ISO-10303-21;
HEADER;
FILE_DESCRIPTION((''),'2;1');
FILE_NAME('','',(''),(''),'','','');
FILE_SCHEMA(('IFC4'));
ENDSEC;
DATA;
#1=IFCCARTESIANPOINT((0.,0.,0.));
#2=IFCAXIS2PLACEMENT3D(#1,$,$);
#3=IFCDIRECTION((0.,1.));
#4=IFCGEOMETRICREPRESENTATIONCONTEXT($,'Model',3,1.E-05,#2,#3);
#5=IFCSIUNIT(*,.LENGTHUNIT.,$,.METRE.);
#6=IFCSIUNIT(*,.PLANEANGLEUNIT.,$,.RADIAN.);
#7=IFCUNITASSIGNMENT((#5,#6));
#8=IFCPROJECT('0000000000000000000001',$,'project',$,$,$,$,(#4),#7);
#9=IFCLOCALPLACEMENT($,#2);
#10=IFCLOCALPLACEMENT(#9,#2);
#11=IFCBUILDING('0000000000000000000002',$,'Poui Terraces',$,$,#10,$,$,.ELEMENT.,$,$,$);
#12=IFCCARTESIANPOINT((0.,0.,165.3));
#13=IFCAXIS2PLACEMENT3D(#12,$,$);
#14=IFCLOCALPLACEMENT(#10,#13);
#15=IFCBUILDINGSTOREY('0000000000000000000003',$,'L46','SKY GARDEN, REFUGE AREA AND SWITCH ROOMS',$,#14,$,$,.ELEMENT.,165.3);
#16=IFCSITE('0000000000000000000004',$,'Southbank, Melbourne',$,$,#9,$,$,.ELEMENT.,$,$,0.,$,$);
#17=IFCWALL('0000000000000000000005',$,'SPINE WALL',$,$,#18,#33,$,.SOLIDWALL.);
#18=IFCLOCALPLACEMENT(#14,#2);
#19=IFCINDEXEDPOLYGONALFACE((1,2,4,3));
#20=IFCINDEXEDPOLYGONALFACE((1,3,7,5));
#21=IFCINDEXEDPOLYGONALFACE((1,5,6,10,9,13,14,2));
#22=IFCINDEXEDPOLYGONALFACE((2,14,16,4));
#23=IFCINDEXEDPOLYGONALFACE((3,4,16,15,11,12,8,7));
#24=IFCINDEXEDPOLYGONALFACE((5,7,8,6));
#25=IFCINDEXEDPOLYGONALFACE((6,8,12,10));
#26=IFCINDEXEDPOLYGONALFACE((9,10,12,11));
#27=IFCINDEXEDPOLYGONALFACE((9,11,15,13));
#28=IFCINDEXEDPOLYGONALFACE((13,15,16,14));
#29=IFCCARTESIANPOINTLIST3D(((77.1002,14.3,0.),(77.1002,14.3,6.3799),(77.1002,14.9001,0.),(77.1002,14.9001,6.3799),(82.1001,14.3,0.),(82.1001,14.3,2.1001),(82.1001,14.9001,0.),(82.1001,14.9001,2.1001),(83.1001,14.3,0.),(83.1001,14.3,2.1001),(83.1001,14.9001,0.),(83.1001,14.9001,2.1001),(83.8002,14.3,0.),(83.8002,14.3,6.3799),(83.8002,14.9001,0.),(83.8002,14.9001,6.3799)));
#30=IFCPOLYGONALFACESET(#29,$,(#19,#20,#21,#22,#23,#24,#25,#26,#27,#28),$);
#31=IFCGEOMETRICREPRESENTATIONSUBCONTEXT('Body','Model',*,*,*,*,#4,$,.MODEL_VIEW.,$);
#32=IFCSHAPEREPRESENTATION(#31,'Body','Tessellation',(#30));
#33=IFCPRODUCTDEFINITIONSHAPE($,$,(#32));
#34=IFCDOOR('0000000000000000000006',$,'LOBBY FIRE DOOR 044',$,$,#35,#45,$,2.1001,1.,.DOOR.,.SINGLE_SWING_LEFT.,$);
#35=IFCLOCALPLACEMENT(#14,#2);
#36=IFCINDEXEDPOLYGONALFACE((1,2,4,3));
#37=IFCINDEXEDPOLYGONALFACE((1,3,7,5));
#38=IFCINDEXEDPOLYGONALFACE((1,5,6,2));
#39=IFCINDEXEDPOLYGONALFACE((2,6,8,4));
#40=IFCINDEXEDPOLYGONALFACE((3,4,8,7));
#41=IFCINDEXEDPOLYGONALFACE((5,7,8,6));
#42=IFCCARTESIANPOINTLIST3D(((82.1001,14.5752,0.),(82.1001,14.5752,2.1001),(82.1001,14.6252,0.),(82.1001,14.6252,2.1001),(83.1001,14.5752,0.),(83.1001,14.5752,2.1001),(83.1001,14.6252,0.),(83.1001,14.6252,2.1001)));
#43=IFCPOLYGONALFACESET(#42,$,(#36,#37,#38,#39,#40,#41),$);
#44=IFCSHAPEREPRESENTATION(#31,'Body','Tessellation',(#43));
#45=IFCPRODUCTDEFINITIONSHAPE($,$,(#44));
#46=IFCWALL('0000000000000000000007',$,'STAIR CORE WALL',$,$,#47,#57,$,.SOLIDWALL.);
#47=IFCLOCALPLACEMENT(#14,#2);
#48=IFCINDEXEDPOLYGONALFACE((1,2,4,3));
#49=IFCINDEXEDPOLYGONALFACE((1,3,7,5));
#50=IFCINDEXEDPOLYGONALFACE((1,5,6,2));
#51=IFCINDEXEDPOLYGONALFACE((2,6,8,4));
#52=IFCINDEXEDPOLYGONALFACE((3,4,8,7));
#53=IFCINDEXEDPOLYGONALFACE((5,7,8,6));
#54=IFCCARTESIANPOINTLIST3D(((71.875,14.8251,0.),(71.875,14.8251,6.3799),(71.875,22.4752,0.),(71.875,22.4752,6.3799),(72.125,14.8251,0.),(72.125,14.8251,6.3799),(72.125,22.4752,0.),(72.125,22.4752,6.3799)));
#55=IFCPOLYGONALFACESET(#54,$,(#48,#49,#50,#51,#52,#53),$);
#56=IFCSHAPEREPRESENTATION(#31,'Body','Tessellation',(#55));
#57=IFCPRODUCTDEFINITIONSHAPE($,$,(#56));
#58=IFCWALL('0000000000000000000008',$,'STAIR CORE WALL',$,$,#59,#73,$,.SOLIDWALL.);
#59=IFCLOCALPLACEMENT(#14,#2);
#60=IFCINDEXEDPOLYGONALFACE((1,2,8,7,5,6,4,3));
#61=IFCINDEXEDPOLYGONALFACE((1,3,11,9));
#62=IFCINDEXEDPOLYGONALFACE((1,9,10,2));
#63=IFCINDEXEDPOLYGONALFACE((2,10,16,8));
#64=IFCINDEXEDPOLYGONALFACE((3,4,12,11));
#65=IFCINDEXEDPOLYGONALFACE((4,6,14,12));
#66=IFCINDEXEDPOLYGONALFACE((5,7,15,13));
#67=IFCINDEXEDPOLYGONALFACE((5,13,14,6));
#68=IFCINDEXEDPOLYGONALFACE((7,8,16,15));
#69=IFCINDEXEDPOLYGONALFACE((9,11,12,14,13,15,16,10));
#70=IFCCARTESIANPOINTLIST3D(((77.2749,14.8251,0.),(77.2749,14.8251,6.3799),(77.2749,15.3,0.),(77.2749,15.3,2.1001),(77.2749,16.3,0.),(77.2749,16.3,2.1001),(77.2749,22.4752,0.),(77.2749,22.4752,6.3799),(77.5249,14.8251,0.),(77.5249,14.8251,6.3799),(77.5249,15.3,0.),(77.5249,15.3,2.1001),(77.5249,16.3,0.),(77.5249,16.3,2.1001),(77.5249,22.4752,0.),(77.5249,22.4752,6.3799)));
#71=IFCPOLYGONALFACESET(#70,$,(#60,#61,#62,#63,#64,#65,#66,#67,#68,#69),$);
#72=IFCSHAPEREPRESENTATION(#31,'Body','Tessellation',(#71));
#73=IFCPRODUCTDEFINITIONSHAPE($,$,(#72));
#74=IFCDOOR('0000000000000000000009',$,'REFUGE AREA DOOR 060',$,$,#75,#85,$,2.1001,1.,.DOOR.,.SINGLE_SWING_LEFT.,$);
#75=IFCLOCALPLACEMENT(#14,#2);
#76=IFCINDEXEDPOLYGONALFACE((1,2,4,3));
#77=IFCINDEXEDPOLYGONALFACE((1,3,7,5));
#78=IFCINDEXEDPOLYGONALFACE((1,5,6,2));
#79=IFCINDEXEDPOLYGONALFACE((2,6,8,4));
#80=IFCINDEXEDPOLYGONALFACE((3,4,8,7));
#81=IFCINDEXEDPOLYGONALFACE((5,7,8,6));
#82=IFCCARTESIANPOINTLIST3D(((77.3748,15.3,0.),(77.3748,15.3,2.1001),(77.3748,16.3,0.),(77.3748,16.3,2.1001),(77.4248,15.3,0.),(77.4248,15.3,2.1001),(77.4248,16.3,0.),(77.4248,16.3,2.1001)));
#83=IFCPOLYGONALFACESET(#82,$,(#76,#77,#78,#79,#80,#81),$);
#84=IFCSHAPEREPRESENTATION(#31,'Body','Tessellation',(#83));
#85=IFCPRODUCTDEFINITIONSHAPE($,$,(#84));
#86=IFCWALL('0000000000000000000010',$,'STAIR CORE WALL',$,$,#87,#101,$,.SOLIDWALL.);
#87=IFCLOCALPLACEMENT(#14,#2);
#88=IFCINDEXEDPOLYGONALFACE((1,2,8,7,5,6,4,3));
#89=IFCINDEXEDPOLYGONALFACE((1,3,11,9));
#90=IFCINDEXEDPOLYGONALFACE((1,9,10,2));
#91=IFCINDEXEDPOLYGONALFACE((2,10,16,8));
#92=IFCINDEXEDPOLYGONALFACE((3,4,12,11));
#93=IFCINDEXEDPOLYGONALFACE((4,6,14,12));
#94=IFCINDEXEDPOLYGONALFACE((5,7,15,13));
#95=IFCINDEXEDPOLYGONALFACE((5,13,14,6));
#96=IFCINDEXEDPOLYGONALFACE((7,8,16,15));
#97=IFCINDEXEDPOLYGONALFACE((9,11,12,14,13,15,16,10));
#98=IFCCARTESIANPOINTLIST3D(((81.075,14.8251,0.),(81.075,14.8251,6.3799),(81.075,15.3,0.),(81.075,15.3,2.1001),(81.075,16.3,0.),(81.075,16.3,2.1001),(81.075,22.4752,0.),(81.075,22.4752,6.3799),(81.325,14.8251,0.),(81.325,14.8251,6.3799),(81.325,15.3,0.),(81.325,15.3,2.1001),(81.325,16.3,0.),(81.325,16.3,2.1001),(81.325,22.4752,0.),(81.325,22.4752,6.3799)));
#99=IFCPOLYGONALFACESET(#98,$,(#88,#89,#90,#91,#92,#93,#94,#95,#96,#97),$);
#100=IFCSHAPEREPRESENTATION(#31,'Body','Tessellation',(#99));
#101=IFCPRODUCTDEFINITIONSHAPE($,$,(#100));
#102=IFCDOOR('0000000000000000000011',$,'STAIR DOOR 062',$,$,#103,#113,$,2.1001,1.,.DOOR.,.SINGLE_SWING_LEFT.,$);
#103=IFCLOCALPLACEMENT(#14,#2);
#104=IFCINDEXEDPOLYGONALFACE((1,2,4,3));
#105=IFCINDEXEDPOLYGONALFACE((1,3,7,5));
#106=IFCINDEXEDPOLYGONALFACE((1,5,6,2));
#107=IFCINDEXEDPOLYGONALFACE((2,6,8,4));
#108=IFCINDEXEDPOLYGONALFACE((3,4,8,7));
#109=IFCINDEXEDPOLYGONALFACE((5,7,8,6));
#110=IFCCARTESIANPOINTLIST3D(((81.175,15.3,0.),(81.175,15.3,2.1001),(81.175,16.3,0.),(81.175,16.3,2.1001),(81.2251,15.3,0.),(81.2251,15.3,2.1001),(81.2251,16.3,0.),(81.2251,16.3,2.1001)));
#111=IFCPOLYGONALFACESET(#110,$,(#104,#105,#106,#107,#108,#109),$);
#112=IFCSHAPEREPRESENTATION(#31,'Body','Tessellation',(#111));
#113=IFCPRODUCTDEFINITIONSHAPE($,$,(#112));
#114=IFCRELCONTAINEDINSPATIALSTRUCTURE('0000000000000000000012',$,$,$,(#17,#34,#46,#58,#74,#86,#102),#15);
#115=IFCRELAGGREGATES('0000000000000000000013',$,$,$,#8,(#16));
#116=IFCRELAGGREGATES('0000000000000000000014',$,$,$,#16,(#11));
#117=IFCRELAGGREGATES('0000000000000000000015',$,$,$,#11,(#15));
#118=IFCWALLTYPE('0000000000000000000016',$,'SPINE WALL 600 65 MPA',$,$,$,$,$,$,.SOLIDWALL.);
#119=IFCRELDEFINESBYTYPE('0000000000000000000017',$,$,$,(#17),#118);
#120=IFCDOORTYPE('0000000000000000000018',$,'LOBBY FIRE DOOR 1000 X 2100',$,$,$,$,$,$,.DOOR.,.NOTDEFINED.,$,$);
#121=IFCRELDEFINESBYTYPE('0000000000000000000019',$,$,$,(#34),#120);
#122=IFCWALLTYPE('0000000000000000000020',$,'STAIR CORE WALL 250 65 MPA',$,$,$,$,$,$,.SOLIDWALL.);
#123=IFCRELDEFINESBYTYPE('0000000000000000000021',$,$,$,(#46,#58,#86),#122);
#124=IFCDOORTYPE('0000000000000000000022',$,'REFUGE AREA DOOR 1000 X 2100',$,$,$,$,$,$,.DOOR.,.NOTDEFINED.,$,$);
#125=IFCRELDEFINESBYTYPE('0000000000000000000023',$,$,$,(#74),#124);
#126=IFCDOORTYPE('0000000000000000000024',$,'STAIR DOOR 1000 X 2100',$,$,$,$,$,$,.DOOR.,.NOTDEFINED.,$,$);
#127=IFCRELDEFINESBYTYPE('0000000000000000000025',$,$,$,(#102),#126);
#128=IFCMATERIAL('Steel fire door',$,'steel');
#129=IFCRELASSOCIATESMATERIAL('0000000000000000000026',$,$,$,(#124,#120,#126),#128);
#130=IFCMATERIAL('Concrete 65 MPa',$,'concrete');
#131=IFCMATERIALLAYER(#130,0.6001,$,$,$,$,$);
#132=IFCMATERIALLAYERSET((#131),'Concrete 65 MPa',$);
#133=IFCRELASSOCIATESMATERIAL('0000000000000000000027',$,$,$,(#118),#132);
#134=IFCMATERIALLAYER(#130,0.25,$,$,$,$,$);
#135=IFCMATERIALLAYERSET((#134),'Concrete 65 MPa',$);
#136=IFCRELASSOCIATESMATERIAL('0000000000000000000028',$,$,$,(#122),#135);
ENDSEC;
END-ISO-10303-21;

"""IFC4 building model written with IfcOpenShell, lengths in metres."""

from ifc_helpers import new_model, si_unit, direction, frame, frame_2d, origin, place, context, subcontext, project, spatial, rectangle, extrude, material, layer, layer_set, type_object, element, fill, save


model = new_model("IFC4")

# Units and contexts
model_context = context("Model", 3, precision=1e-05, world=origin(), true_north=direction((0.0, 1.0)))
body_context = subcontext(model_context, "Body", "Model", "MODEL_VIEW")
ifc_project = project(units=[si_unit("LENGTHUNIT", "METRE"), si_unit("PLANEANGLEUNIT", "RADIAN")], contexts=[model_context])

# Site, building, storey
site_placement = place(None, origin())
site = spatial("IfcSite", under=ifc_project, at=site_placement, Name="Southbank, Melbourne", CompositionType="ELEMENT", RefElevation=0.0)
building_placement = place(site_placement, origin())
building = spatial("IfcBuilding", under=site, at=building_placement, Name="Poui Terraces", CompositionType="ELEMENT")
storey_placement = place(building_placement, frame((0.0, 0.0, 165.3)))
storey = spatial("IfcBuildingStorey", under=building, at=storey_placement, Name="L46", Description="SKY GARDEN, REFUGE AREA AND SWITCH ROOMS", CompositionType="ELEMENT", Elevation=165.3)

# Shared definitions
ifc_material_1 = material(Name="Concrete 65 MPa", Category="concrete")
ifc_material_2 = material(Name="Steel fire door", Category="steel")

# Wall, opening, door
door_type_1 = type_object("IfcDoorType", Name="REFUGE AREA DOOR 1000 X 2100", OperationType="NOTDEFINED", PredefinedType="DOOR", material=ifc_material_2)
ifc_layer_1 = layer(ifc_material_1, 0.6001)
ifc_layer_set_1 = layer_set([ifc_layer_1], Name="Concrete 65 MPa")
wall_type_1 = type_object("IfcWallType", Name="SPINE WALL 600 65 MPA", PredefinedType="SOLIDWALL", material=ifc_layer_set_1)
wall_1_placement = place(storey_placement, frame((77.1001, 14.6001, 0.0), z_axis=(0.0, 0.0, 1.0), x_axis=(1.0, 0.0, 0.0)))
wall_1 = element("IfcWall", 1, at=wall_1_placement, inside=storey, type_object=wall_type_1, Name="SPINE WALL", PredefinedType="SOLIDWALL", context=body_context, shape_type="SweptSolid", body=[
    extrude(rectangle(XDim=6.7, YDim=0.6001, at=frame_2d((3.3501, 0.0))), origin(), (0.0, 0.0, 1.0), 6.3799),
])
opening_1_placement = place(wall_1_placement, frame((5.0, 0.0, 0.0)))
opening_1 = element("IfcOpeningElement", 2, at=opening_1_placement, cuts=wall_1, PredefinedType="OPENING", context=body_context, shape_type="SweptSolid", body=[
    extrude(rectangle(XDim=1.0, YDim=2.1001, at=frame_2d((0.5, 1.05))), frame((0.0, 0.3101, 0.0), z_axis=(0.0, -1.0, 0.0), x_axis=(1.0, 0.0, 0.0)), (0.0, 0.0, 1.0), 0.6201),
])
door_type_2 = type_object("IfcDoorType", Name="LOBBY FIRE DOOR 1000 X 2100", OperationType="NOTDEFINED", PredefinedType="DOOR", material=ifc_material_2)
door_1_placement = place(opening_1_placement, frame((1.0, 0.0, 0.0), z_axis=(0.0, 0.0, 1.0), x_axis=(-1.0, 0.0, 0.0)))
door_1 = element("IfcDoor", 3, at=door_1_placement, inside=storey, type_object=door_type_2, Name="LOBBY FIRE DOOR 044", OperationType="SINGLE_SWING_LEFT", OverallHeight=2.1001, OverallWidth=1.0, PredefinedType="DOOR", context=body_context, shape_type="SweptSolid", body=[
    extrude(rectangle(XDim=1.0, YDim=2.1001, at=frame_2d((0.5, 1.05))), frame((0.0, 0.0249, 0.0), z_axis=(0.0, -1.0, 0.0), x_axis=(1.0, 0.0, 0.0)), (0.0, 0.0, 1.0), 0.05),
])
fill(opening_1, door_1)

# Wall
ifc_layer_2 = layer(ifc_material_1, 0.25)
ifc_layer_set_2 = layer_set([ifc_layer_2], Name="Concrete 65 MPa")
wall_type_2 = type_object("IfcWallType", Name="STAIR CORE WALL 250 65 MPA", PredefinedType="SOLIDWALL", material=ifc_layer_set_2)
wall_2_placement = place(storey_placement, frame((72.0, 14.825, 0.0), z_axis=(0.0, 0.0, 1.0), x_axis=(0.0, 1.0, 0.0)))
element("IfcWall", 4, at=wall_2_placement, inside=storey, type_object=wall_type_2, Name="STAIR CORE WALL", PredefinedType="SOLIDWALL", context=body_context, shape_type="SweptSolid", body=[
    extrude(rectangle(XDim=7.6501, YDim=0.25, at=frame_2d((3.8252, 0.0))), origin(), (0.0, 0.0, 1.0), 6.3799),
])

# Walls, openings, doors
wall_3_placement = place(storey_placement, frame((77.3999, 14.825, 0.0), z_axis=(0.0, 0.0, 1.0), x_axis=(0.0, 1.0, 0.0)))
wall_3 = element("IfcWall", 5, at=wall_3_placement, inside=storey, type_object=wall_type_2, Name="STAIR CORE WALL", PredefinedType="SOLIDWALL", context=body_context, shape_type="SweptSolid", body=[
    extrude(rectangle(XDim=7.6501, YDim=0.25, at=frame_2d((3.8252, 0.0))), origin(), (0.0, 0.0, 1.0), 6.3799),
])
opening_2_placement = place(wall_3_placement, frame((0.4751, 0.0, 0.0)))
opening_2 = element("IfcOpeningElement", 6, at=opening_2_placement, cuts=wall_3, PredefinedType="OPENING", context=body_context, shape_type="SweptSolid", body=[
    extrude(rectangle(XDim=1.0, YDim=2.1001, at=frame_2d((0.5, 1.05))), frame((0.0, 0.135, 0.0), z_axis=(0.0, -1.0, 0.0), x_axis=(1.0, 0.0, 0.0)), (0.0, 0.0, 1.0), 0.27),
])
door_2_placement = place(opening_2_placement, frame((1.0, 0.0, 0.0), z_axis=(0.0, 0.0, 1.0), x_axis=(-1.0, 0.0, 0.0)))
door_2 = element("IfcDoor", 7, at=door_2_placement, inside=storey, type_object=door_type_1, Name="REFUGE AREA DOOR 060", OperationType="SINGLE_SWING_LEFT", OverallHeight=2.1001, OverallWidth=1.0, PredefinedType="DOOR", context=body_context, shape_type="SweptSolid", body=[
    extrude(rectangle(XDim=1.0, YDim=2.1001, at=frame_2d((0.5, 1.05))), frame((0.0, 0.0249, 0.0), z_axis=(0.0, -1.0, 0.0), x_axis=(1.0, 0.0, 0.0)), (0.0, 0.0, 1.0), 0.05),
])
fill(opening_2, door_2)
wall_4_placement = place(storey_placement, frame((81.2, 14.825, 0.0), z_axis=(0.0, 0.0, 1.0), x_axis=(0.0, 1.0, 0.0)))
wall_4 = element("IfcWall", 8, at=wall_4_placement, inside=storey, type_object=wall_type_2, Name="STAIR CORE WALL", PredefinedType="SOLIDWALL", context=body_context, shape_type="SweptSolid", body=[
    extrude(rectangle(XDim=7.6501, YDim=0.25, at=frame_2d((3.8252, 0.0))), origin(), (0.0, 0.0, 1.0), 6.3799),
])
opening_3_placement = place(wall_4_placement, frame((0.4751, 0.0, 0.0)))
opening_3 = element("IfcOpeningElement", 9, at=opening_3_placement, cuts=wall_4, PredefinedType="OPENING", context=body_context, shape_type="SweptSolid", body=[
    extrude(rectangle(XDim=1.0, YDim=2.1001, at=frame_2d((0.5, 1.05))), frame((0.0, 0.135, 0.0), z_axis=(0.0, -1.0, 0.0), x_axis=(1.0, 0.0, 0.0)), (0.0, 0.0, 1.0), 0.27),
])
door_type_3 = type_object("IfcDoorType", Name="STAIR DOOR 1000 X 2100", OperationType="NOTDEFINED", PredefinedType="DOOR", material=ifc_material_2)
door_3_placement = place(opening_3_placement, origin())
door_3 = element("IfcDoor", 10, at=door_3_placement, inside=storey, type_object=door_type_3, Name="STAIR DOOR 062", OperationType="SINGLE_SWING_LEFT", OverallHeight=2.1001, OverallWidth=1.0, PredefinedType="DOOR", context=body_context, shape_type="SweptSolid", body=[
    extrude(rectangle(XDim=1.0, YDim=2.1001, at=frame_2d((0.5, 1.05))), frame((0.0, 0.0249, 0.0), z_axis=(0.0, -1.0, 0.0), x_axis=(1.0, 0.0, 0.0)), (0.0, 0.0, 1.0), 0.05),
])
fill(opening_3, door_3)

save(model, "model.ifc")
